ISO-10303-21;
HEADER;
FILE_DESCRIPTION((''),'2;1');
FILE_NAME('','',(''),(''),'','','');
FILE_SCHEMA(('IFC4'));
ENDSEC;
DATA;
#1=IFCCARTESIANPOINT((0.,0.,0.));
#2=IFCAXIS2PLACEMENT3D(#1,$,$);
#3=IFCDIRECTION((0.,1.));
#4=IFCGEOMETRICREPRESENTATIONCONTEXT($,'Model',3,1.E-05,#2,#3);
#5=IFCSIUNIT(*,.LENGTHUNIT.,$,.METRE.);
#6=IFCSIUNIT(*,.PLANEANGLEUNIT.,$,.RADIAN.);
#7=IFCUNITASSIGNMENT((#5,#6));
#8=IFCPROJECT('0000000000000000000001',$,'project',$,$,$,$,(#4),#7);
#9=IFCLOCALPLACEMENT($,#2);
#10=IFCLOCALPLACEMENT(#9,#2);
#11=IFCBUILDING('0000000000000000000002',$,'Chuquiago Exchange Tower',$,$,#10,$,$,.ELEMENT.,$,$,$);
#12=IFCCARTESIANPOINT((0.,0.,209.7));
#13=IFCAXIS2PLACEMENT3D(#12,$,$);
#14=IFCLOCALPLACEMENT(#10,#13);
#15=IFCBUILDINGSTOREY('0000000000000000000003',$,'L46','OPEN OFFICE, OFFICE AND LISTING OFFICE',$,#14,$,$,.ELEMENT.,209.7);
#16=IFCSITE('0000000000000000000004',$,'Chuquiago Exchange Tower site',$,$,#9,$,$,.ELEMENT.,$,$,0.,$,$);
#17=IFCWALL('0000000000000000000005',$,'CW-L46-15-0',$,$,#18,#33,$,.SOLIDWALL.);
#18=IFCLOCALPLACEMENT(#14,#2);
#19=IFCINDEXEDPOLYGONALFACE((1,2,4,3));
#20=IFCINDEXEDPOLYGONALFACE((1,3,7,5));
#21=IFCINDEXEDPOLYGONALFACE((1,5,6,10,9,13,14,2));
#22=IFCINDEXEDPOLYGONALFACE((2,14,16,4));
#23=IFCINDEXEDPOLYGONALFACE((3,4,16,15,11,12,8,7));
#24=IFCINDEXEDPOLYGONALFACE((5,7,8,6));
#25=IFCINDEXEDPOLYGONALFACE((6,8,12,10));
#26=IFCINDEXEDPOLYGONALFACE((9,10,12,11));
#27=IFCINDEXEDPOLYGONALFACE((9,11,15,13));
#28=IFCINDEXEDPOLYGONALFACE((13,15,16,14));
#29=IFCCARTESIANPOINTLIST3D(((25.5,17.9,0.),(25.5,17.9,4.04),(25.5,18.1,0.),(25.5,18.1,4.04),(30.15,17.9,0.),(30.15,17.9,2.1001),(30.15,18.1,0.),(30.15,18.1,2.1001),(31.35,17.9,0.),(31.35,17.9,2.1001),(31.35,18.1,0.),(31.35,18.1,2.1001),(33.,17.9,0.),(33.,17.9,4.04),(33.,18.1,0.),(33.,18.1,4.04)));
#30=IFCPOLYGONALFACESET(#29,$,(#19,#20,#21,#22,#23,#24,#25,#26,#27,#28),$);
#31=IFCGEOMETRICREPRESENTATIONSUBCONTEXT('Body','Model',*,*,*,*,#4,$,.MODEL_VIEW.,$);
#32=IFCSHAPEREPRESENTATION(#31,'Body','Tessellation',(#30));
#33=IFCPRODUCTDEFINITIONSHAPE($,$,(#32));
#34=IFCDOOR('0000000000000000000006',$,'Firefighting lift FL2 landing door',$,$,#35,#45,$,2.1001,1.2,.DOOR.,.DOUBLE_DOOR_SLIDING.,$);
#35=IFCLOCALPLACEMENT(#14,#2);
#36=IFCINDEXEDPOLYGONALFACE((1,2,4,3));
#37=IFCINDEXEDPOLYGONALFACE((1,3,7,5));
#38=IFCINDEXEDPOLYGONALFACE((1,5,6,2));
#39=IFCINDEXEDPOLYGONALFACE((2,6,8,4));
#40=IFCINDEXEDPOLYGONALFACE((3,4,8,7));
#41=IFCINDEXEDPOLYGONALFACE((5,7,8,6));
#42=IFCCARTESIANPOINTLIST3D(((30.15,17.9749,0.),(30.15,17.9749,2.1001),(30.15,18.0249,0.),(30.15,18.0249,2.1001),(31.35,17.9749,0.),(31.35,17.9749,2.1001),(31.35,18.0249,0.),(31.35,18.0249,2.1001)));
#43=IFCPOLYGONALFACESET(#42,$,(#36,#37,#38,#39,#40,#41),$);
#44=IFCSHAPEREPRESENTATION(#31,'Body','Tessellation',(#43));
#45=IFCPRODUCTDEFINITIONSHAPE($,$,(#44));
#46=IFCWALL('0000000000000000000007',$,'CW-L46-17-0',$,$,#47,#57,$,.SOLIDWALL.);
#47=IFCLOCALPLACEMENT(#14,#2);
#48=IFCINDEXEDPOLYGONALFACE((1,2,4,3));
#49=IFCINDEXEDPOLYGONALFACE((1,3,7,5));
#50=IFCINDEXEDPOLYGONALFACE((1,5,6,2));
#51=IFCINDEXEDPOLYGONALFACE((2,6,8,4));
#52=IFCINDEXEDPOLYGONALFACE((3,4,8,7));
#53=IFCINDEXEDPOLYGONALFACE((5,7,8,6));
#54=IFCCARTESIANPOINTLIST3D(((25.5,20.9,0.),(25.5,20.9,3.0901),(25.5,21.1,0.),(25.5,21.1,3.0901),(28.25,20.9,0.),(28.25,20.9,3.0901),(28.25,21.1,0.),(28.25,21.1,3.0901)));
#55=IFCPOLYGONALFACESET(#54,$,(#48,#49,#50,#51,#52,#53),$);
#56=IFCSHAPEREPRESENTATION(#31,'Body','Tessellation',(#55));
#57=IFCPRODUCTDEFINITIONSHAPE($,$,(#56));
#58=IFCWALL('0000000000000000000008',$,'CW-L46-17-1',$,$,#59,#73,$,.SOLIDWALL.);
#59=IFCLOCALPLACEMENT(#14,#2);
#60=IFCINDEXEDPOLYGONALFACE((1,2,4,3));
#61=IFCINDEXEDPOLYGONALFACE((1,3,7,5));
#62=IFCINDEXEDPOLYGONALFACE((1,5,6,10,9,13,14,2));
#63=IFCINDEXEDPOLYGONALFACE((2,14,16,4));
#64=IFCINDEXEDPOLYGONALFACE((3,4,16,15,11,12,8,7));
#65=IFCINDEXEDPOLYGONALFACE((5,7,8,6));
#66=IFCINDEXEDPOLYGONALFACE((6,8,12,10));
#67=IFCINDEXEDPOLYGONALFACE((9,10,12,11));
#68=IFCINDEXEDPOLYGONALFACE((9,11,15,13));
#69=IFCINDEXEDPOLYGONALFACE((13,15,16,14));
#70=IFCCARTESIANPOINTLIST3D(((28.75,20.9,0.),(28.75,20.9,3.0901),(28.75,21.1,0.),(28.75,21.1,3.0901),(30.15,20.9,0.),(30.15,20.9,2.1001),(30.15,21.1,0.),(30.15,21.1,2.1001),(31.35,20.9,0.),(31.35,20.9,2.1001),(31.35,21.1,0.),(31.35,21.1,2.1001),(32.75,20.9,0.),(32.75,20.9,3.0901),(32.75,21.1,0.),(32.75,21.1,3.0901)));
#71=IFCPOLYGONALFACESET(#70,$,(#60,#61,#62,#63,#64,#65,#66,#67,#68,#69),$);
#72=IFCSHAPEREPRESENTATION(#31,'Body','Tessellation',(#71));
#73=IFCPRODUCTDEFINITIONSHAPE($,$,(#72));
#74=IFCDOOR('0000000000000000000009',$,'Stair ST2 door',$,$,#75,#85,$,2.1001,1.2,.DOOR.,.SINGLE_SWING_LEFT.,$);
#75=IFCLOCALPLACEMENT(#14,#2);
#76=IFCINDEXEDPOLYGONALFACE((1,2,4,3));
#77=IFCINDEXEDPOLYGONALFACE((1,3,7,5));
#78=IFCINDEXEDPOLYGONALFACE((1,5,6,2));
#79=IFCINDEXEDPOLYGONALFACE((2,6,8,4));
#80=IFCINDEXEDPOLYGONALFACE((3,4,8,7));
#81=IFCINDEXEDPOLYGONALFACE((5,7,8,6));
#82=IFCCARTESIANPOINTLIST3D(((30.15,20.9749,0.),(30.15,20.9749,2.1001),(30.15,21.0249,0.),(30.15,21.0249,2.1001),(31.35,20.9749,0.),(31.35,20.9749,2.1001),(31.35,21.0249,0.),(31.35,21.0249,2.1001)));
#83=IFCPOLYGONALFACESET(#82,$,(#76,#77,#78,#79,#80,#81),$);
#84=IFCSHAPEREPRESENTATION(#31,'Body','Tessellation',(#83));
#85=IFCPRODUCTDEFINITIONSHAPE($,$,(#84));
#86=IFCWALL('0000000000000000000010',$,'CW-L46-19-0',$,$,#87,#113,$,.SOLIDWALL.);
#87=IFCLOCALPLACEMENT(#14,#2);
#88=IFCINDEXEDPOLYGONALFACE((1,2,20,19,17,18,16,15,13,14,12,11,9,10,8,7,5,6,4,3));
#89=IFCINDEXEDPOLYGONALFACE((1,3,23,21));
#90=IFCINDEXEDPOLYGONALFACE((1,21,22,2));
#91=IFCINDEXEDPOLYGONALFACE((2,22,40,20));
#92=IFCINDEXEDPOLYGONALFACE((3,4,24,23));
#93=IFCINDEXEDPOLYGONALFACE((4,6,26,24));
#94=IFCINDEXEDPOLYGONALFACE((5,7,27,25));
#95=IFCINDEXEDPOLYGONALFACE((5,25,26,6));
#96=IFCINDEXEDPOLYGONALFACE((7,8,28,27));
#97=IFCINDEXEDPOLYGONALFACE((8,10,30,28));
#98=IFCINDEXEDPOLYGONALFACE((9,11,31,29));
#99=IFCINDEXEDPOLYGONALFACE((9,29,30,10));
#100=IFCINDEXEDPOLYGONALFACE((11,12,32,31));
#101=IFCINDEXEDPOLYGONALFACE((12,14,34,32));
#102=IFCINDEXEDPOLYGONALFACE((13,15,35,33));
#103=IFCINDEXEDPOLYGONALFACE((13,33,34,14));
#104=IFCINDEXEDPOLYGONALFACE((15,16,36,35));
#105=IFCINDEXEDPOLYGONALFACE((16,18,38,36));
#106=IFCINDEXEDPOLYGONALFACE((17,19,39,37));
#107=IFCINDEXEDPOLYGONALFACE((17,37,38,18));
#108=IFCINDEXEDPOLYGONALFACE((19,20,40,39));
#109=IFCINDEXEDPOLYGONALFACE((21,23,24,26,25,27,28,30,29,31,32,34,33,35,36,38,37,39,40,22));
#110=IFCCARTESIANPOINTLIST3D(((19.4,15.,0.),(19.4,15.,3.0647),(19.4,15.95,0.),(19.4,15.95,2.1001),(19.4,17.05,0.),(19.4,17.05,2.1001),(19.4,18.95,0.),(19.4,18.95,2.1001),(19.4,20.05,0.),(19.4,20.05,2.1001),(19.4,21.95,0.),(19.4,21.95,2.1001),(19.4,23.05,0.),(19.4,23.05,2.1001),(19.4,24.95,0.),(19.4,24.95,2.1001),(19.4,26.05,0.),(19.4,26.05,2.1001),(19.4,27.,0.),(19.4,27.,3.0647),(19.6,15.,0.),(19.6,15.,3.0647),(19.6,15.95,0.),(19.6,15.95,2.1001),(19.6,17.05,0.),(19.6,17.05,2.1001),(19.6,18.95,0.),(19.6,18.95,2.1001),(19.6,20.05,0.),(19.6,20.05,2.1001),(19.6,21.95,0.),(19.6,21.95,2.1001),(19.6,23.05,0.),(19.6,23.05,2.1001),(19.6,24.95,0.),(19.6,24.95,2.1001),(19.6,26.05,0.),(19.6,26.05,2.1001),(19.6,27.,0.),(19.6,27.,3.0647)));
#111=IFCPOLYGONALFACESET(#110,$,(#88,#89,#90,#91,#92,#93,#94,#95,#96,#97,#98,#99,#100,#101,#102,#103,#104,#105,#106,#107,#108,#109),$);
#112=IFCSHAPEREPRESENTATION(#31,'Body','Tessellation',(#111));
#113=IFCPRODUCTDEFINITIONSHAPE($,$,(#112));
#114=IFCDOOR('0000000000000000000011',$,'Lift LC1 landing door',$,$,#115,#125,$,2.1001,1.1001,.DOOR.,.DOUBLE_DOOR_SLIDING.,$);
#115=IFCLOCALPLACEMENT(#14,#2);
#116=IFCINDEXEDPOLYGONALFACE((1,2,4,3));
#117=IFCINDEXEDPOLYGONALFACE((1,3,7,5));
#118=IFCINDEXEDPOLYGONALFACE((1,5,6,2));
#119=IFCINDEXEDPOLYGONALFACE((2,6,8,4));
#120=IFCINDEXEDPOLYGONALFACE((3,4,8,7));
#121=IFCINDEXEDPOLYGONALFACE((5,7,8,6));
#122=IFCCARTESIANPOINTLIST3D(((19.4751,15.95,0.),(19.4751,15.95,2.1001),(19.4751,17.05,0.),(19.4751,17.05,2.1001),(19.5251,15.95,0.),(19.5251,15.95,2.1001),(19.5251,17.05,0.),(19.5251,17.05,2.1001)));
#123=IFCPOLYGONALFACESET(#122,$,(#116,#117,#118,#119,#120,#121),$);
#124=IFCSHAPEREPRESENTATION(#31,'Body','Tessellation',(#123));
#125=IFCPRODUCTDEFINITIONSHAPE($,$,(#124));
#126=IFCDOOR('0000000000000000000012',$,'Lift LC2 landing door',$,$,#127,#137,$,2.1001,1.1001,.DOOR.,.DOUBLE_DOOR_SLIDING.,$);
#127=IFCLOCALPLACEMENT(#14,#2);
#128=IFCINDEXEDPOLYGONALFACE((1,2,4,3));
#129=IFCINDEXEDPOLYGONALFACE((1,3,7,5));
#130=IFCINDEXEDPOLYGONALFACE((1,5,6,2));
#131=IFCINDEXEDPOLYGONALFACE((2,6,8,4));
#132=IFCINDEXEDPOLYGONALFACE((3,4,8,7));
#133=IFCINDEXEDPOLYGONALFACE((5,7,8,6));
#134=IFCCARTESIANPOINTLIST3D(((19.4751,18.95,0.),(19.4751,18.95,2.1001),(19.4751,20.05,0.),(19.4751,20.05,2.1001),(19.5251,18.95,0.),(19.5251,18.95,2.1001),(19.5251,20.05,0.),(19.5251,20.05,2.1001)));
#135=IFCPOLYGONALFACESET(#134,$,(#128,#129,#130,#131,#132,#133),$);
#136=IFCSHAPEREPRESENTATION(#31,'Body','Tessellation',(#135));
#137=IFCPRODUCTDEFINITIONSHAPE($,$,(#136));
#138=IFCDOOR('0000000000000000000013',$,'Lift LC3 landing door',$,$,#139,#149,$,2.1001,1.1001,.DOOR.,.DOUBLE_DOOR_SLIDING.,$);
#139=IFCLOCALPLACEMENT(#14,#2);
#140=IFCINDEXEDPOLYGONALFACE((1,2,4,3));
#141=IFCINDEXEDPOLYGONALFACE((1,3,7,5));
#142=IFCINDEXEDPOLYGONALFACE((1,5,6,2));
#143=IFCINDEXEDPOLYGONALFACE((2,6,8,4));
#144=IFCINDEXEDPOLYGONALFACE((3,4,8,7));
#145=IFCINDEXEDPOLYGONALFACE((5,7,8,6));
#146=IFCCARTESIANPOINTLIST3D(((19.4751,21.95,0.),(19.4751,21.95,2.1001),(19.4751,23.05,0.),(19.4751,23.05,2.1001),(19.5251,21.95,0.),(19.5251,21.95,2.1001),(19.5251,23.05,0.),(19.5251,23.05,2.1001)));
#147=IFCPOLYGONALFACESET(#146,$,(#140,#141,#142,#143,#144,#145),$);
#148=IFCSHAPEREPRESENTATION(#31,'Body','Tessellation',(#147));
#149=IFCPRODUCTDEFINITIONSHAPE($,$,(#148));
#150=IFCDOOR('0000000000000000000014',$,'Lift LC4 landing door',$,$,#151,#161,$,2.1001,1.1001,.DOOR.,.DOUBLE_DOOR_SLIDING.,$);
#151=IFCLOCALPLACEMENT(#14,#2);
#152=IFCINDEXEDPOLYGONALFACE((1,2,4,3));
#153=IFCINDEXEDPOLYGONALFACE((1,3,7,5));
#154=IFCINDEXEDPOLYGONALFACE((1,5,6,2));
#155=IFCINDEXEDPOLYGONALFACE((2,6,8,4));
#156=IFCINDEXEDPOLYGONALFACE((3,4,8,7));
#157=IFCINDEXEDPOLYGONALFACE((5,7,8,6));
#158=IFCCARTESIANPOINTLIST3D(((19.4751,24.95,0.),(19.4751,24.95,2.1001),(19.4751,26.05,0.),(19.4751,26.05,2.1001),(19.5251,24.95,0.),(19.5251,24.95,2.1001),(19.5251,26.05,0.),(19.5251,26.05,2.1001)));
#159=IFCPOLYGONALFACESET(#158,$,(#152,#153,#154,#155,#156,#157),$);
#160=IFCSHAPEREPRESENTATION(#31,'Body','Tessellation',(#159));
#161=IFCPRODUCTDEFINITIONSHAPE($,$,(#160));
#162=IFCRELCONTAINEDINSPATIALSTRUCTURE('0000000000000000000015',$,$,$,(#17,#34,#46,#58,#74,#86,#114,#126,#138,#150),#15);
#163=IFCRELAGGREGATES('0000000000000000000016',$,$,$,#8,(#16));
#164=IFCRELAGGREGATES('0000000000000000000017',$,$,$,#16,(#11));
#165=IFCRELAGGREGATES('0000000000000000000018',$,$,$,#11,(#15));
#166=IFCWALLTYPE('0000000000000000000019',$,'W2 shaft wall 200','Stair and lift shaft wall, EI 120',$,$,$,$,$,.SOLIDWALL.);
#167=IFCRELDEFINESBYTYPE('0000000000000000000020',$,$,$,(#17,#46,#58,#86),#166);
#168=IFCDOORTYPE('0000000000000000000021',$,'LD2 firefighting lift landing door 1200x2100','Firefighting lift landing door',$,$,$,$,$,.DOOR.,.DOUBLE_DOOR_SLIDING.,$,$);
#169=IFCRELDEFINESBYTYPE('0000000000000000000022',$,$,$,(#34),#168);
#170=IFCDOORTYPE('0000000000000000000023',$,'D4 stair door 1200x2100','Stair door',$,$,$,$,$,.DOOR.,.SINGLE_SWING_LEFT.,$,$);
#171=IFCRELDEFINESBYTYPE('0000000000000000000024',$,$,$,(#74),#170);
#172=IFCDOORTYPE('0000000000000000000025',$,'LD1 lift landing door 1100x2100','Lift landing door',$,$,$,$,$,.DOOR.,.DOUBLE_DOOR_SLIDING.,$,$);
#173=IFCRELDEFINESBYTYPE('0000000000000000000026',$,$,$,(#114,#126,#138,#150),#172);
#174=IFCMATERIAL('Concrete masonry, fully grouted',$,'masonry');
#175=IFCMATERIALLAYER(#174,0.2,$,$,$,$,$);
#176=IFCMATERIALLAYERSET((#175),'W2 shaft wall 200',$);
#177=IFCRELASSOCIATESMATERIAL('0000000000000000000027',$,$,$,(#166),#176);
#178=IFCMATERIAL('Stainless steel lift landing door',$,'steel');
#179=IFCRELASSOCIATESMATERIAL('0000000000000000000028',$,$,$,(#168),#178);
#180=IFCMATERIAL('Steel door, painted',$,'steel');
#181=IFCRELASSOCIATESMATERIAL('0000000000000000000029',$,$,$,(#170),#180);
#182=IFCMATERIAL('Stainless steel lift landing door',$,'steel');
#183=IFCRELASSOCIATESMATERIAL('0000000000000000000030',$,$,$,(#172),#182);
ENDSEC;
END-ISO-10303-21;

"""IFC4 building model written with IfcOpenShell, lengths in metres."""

from ifc_helpers import new_model, si_unit, direction, frame, frame_2d, origin, place, context, subcontext, project, spatial, rectangle, extrude, material, layer, layer_set, type_object, element, fill, save


model = new_model("IFC4")

# Units and contexts
model_context = context("Model", 3, precision=1e-05, world=origin(), true_north=direction((0.0, 1.0)))
body_context = subcontext(model_context, "Body", "Model", "MODEL_VIEW")
ifc_project = project(units=[si_unit("LENGTHUNIT", "METRE"), si_unit("PLANEANGLEUNIT", "RADIAN")], contexts=[model_context])

# Site, building, storey
site_placement = place(None, origin())
site = spatial("IfcSite", under=ifc_project, at=site_placement, Name="Chuquiago Exchange Tower site", CompositionType="ELEMENT", RefElevation=0.0)
building_placement = place(site_placement, origin())
building = spatial("IfcBuilding", under=site, at=building_placement, Name="Chuquiago Exchange Tower", CompositionType="ELEMENT")
storey_placement = place(building_placement, frame((0.0, 0.0, 209.7)))
storey = spatial("IfcBuildingStorey", under=building, at=storey_placement, Name="L46", Description="OPEN OFFICE, OFFICE AND LISTING OFFICE", CompositionType="ELEMENT", Elevation=209.7)

# Shared definitions
ifc_material_1 = material(Name="Concrete masonry, fully grouted", Category="masonry")
ifc_layer_1 = layer(ifc_material_1, 0.2)
ifc_layer_set_1 = layer_set([ifc_layer_1], Name="W2 shaft wall 200")
wall_type_1 = type_object("IfcWallType", Name="W2 shaft wall 200", Description="Stair and lift shaft wall, EI 120", PredefinedType="SOLIDWALL", material=ifc_layer_set_1)

# Wall, opening, door
wall_1_placement = place(storey_placement, frame((25.5, 18.0, 0.0), z_axis=(0.0, 0.0, 1.0), x_axis=(1.0, 0.0, 0.0)))
wall_1 = element("IfcWall", 1, at=wall_1_placement, inside=storey, type_object=wall_type_1, Name="CW-L46-15-0", PredefinedType="SOLIDWALL", context=body_context, shape_type="SweptSolid", body=[
    extrude(rectangle(XDim=7.5, YDim=0.2, at=frame_2d((3.75, 0.0))), origin(), (0.0, 0.0, 1.0), 4.04),
])
opening_1_placement = place(wall_1_placement, frame((4.6499, 0.0, 0.0)))
opening_1 = element("IfcOpeningElement", 2, at=opening_1_placement, cuts=wall_1, PredefinedType="OPENING", context=body_context, shape_type="SweptSolid", body=[
    extrude(rectangle(XDim=1.2, YDim=2.1001, at=frame_2d((0.6001, 1.05))), frame((0.0, 0.1099, 0.0), z_axis=(0.0, -1.0, 0.0), x_axis=(1.0, 0.0, 0.0)), (0.0, 0.0, 1.0), 0.22),
])
ifc_material_2 = material(Name="Stainless steel lift landing door", Category="steel")
door_type_1 = type_object("IfcDoorType", Name="LD2 firefighting lift landing door 1200x2100", Description="Firefighting lift landing door", OperationType="DOUBLE_DOOR_SLIDING", PredefinedType="DOOR", material=ifc_material_2)
door_1_placement = place(opening_1_placement, origin())
door_1 = element("IfcDoor", 3, at=door_1_placement, inside=storey, type_object=door_type_1, Name="Firefighting lift FL2 landing door", OperationType="DOUBLE_DOOR_SLIDING", OverallHeight=2.1001, OverallWidth=1.2, PredefinedType="DOOR", context=body_context, shape_type="SweptSolid", body=[
    extrude(rectangle(XDim=1.2, YDim=2.1001, at=frame_2d((0.6001, 1.05))), frame((0.0, 0.0249, 0.0), z_axis=(0.0, -1.0, 0.0), x_axis=(1.0, 0.0, 0.0)), (0.0, 0.0, 1.0), 0.05),
])
fill(opening_1, door_1)

# Wall
wall_2_placement = place(storey_placement, frame((25.5, 21.0, 0.0), z_axis=(0.0, 0.0, 1.0), x_axis=(1.0, 0.0, 0.0)))
element("IfcWall", 4, at=wall_2_placement, inside=storey, type_object=wall_type_1, Name="CW-L46-17-0", PredefinedType="SOLIDWALL", context=body_context, shape_type="SweptSolid", body=[
    extrude(rectangle(XDim=2.75, YDim=0.2, at=frame_2d((1.375, 0.0))), origin(), (0.0, 0.0, 1.0), 3.0901),
])

# Wall, opening, door
wall_3_placement = place(storey_placement, frame((28.75, 21.0, 0.0), z_axis=(0.0, 0.0, 1.0), x_axis=(1.0, 0.0, 0.0)))
wall_3 = element("IfcWall", 5, at=wall_3_placement, inside=storey, type_object=wall_type_1, Name="CW-L46-17-1", PredefinedType="SOLIDWALL", context=body_context, shape_type="SweptSolid", body=[
    extrude(rectangle(XDim=4.0, YDim=0.2, at=frame_2d((2.0, 0.0))), origin(), (0.0, 0.0, 1.0), 3.0901),
])
opening_2_placement = place(wall_3_placement, frame((1.3999, 0.0, 0.0)))
opening_2 = element("IfcOpeningElement", 6, at=opening_2_placement, cuts=wall_3, PredefinedType="OPENING", context=body_context, shape_type="SweptSolid", body=[
    extrude(rectangle(XDim=1.2, YDim=2.1001, at=frame_2d((0.6001, 1.05))), frame((0.0, 0.1099, 0.0), z_axis=(0.0, -1.0, 0.0), x_axis=(1.0, 0.0, 0.0)), (0.0, 0.0, 1.0), 0.22),
])
ifc_material_3 = material(Name="Steel door, painted", Category="steel")
door_type_2 = type_object("IfcDoorType", Name="D4 stair door 1200x2100", Description="Stair door", OperationType="SINGLE_SWING_LEFT", PredefinedType="DOOR", material=ifc_material_3)
door_2_placement = place(opening_2_placement, origin())
door_2 = element("IfcDoor", 7, at=door_2_placement, inside=storey, type_object=door_type_2, Name="Stair ST2 door", OperationType="SINGLE_SWING_LEFT", OverallHeight=2.1001, OverallWidth=1.2, PredefinedType="DOOR", context=body_context, shape_type="SweptSolid", body=[
    extrude(rectangle(XDim=1.2, YDim=2.1001, at=frame_2d((0.6001, 1.05))), frame((0.0, 0.0249, 0.0), z_axis=(0.0, -1.0, 0.0), x_axis=(1.0, 0.0, 0.0)), (0.0, 0.0, 1.0), 0.05),
])
fill(opening_2, door_2)

# Wall, openings, doors
wall_4_placement = place(storey_placement, frame((19.5, 15.0, 0.0), z_axis=(0.0, 0.0, 1.0), x_axis=(0.0, 1.0, 0.0)))
wall_4 = element("IfcWall", 8, at=wall_4_placement, inside=storey, type_object=wall_type_1, Name="CW-L46-19-0", PredefinedType="SOLIDWALL", context=body_context, shape_type="SweptSolid", body=[
    extrude(rectangle(XDim=12.0, YDim=0.2, at=frame_2d((6.0, 0.0))), origin(), (0.0, 0.0, 1.0), 3.0647),
])
opening_3_placement = place(wall_4_placement, frame((0.95, 0.0, 0.0)))
opening_3 = element("IfcOpeningElement", 9, at=opening_3_placement, cuts=wall_4, PredefinedType="OPENING", context=body_context, shape_type="SweptSolid", body=[
    extrude(rectangle(XDim=1.1001, YDim=2.1001, at=frame_2d((0.55, 1.05))), frame((0.0, 0.1099, 0.0), z_axis=(0.0, -1.0, 0.0), x_axis=(1.0, 0.0, 0.0)), (0.0, 0.0, 1.0), 0.22),
])
opening_4_placement = place(wall_4_placement, frame((3.95, 0.0, 0.0)))
opening_4 = element("IfcOpeningElement", 10, at=opening_4_placement, cuts=wall_4, PredefinedType="OPENING", context=body_context, shape_type="SweptSolid", body=[
    extrude(rectangle(XDim=1.1001, YDim=2.1001, at=frame_2d((0.55, 1.05))), frame((0.0, 0.1099, 0.0), z_axis=(0.0, -1.0, 0.0), x_axis=(1.0, 0.0, 0.0)), (0.0, 0.0, 1.0), 0.22),
])
opening_5_placement = place(wall_4_placement, frame((6.95, 0.0, 0.0)))
opening_5 = element("IfcOpeningElement", 11, at=opening_5_placement, cuts=wall_4, PredefinedType="OPENING", context=body_context, shape_type="SweptSolid", body=[
    extrude(rectangle(XDim=1.1001, YDim=2.1001, at=frame_2d((0.55, 1.05))), frame((0.0, 0.1099, 0.0), z_axis=(0.0, -1.0, 0.0), x_axis=(1.0, 0.0, 0.0)), (0.0, 0.0, 1.0), 0.22),
])
opening_6_placement = place(wall_4_placement, frame((9.95, 0.0, 0.0)))
opening_6 = element("IfcOpeningElement", 12, at=opening_6_placement, cuts=wall_4, PredefinedType="OPENING", context=body_context, shape_type="SweptSolid", body=[
    extrude(rectangle(XDim=1.1001, YDim=2.1001, at=frame_2d((0.55, 1.05))), frame((0.0, 0.1099, 0.0), z_axis=(0.0, -1.0, 0.0), x_axis=(1.0, 0.0, 0.0)), (0.0, 0.0, 1.0), 0.22),
])
ifc_material_4 = material(Name="Stainless steel lift landing door", Category="steel")
door_type_3 = type_object("IfcDoorType", Name="LD1 lift landing door 1100x2100", Description="Lift landing door", OperationType="DOUBLE_DOOR_SLIDING", PredefinedType="DOOR", material=ifc_material_4)
door_3_placement = place(opening_3_placement, origin())
door_3 = element("IfcDoor", 13, at=door_3_placement, inside=storey, type_object=door_type_3, Name="Lift LC1 landing door", OperationType="DOUBLE_DOOR_SLIDING", OverallHeight=2.1001, OverallWidth=1.1001, PredefinedType="DOOR", context=body_context, shape_type="SweptSolid", body=[
    extrude(rectangle(XDim=1.1001, YDim=2.1001, at=frame_2d((0.55, 1.05))), frame((0.0, 0.0249, 0.0), z_axis=(0.0, -1.0, 0.0), x_axis=(1.0, 0.0, 0.0)), (0.0, 0.0, 1.0), 0.05),
])
fill(opening_3, door_3)
door_4_placement = place(opening_4_placement, origin())
door_4 = element("IfcDoor", 14, at=door_4_placement, inside=storey, type_object=door_type_3, Name="Lift LC2 landing door", OperationType="DOUBLE_DOOR_SLIDING", OverallHeight=2.1001, OverallWidth=1.1001, PredefinedType="DOOR", context=body_context, shape_type="SweptSolid", body=[
    extrude(rectangle(XDim=1.1001, YDim=2.1001, at=frame_2d((0.55, 1.05))), frame((0.0, 0.0249, 0.0), z_axis=(0.0, -1.0, 0.0), x_axis=(1.0, 0.0, 0.0)), (0.0, 0.0, 1.0), 0.05),
])
fill(opening_4, door_4)
door_5_placement = place(opening_5_placement, origin())
door_5 = element("IfcDoor", 15, at=door_5_placement, inside=storey, type_object=door_type_3, Name="Lift LC3 landing door", OperationType="DOUBLE_DOOR_SLIDING", OverallHeight=2.1001, OverallWidth=1.1001, PredefinedType="DOOR", context=body_context, shape_type="SweptSolid", body=[
    extrude(rectangle(XDim=1.1001, YDim=2.1001, at=frame_2d((0.55, 1.05))), frame((0.0, 0.0249, 0.0), z_axis=(0.0, -1.0, 0.0), x_axis=(1.0, 0.0, 0.0)), (0.0, 0.0, 1.0), 0.05),
])
fill(opening_5, door_5)
door_6_placement = place(opening_6_placement, origin())
door_6 = element("IfcDoor", 16, at=door_6_placement, inside=storey, type_object=door_type_3, Name="Lift LC4 landing door", OperationType="DOUBLE_DOOR_SLIDING", OverallHeight=2.1001, OverallWidth=1.1001, PredefinedType="DOOR", context=body_context, shape_type="SweptSolid", body=[
    extrude(rectangle(XDim=1.1001, YDim=2.1001, at=frame_2d((0.55, 1.05))), frame((0.0, 0.0249, 0.0), z_axis=(0.0, -1.0, 0.0), x_axis=(1.0, 0.0, 0.0)), (0.0, 0.0, 1.0), 0.05),
])
fill(opening_6, door_6)

save(model, "model.ifc")
